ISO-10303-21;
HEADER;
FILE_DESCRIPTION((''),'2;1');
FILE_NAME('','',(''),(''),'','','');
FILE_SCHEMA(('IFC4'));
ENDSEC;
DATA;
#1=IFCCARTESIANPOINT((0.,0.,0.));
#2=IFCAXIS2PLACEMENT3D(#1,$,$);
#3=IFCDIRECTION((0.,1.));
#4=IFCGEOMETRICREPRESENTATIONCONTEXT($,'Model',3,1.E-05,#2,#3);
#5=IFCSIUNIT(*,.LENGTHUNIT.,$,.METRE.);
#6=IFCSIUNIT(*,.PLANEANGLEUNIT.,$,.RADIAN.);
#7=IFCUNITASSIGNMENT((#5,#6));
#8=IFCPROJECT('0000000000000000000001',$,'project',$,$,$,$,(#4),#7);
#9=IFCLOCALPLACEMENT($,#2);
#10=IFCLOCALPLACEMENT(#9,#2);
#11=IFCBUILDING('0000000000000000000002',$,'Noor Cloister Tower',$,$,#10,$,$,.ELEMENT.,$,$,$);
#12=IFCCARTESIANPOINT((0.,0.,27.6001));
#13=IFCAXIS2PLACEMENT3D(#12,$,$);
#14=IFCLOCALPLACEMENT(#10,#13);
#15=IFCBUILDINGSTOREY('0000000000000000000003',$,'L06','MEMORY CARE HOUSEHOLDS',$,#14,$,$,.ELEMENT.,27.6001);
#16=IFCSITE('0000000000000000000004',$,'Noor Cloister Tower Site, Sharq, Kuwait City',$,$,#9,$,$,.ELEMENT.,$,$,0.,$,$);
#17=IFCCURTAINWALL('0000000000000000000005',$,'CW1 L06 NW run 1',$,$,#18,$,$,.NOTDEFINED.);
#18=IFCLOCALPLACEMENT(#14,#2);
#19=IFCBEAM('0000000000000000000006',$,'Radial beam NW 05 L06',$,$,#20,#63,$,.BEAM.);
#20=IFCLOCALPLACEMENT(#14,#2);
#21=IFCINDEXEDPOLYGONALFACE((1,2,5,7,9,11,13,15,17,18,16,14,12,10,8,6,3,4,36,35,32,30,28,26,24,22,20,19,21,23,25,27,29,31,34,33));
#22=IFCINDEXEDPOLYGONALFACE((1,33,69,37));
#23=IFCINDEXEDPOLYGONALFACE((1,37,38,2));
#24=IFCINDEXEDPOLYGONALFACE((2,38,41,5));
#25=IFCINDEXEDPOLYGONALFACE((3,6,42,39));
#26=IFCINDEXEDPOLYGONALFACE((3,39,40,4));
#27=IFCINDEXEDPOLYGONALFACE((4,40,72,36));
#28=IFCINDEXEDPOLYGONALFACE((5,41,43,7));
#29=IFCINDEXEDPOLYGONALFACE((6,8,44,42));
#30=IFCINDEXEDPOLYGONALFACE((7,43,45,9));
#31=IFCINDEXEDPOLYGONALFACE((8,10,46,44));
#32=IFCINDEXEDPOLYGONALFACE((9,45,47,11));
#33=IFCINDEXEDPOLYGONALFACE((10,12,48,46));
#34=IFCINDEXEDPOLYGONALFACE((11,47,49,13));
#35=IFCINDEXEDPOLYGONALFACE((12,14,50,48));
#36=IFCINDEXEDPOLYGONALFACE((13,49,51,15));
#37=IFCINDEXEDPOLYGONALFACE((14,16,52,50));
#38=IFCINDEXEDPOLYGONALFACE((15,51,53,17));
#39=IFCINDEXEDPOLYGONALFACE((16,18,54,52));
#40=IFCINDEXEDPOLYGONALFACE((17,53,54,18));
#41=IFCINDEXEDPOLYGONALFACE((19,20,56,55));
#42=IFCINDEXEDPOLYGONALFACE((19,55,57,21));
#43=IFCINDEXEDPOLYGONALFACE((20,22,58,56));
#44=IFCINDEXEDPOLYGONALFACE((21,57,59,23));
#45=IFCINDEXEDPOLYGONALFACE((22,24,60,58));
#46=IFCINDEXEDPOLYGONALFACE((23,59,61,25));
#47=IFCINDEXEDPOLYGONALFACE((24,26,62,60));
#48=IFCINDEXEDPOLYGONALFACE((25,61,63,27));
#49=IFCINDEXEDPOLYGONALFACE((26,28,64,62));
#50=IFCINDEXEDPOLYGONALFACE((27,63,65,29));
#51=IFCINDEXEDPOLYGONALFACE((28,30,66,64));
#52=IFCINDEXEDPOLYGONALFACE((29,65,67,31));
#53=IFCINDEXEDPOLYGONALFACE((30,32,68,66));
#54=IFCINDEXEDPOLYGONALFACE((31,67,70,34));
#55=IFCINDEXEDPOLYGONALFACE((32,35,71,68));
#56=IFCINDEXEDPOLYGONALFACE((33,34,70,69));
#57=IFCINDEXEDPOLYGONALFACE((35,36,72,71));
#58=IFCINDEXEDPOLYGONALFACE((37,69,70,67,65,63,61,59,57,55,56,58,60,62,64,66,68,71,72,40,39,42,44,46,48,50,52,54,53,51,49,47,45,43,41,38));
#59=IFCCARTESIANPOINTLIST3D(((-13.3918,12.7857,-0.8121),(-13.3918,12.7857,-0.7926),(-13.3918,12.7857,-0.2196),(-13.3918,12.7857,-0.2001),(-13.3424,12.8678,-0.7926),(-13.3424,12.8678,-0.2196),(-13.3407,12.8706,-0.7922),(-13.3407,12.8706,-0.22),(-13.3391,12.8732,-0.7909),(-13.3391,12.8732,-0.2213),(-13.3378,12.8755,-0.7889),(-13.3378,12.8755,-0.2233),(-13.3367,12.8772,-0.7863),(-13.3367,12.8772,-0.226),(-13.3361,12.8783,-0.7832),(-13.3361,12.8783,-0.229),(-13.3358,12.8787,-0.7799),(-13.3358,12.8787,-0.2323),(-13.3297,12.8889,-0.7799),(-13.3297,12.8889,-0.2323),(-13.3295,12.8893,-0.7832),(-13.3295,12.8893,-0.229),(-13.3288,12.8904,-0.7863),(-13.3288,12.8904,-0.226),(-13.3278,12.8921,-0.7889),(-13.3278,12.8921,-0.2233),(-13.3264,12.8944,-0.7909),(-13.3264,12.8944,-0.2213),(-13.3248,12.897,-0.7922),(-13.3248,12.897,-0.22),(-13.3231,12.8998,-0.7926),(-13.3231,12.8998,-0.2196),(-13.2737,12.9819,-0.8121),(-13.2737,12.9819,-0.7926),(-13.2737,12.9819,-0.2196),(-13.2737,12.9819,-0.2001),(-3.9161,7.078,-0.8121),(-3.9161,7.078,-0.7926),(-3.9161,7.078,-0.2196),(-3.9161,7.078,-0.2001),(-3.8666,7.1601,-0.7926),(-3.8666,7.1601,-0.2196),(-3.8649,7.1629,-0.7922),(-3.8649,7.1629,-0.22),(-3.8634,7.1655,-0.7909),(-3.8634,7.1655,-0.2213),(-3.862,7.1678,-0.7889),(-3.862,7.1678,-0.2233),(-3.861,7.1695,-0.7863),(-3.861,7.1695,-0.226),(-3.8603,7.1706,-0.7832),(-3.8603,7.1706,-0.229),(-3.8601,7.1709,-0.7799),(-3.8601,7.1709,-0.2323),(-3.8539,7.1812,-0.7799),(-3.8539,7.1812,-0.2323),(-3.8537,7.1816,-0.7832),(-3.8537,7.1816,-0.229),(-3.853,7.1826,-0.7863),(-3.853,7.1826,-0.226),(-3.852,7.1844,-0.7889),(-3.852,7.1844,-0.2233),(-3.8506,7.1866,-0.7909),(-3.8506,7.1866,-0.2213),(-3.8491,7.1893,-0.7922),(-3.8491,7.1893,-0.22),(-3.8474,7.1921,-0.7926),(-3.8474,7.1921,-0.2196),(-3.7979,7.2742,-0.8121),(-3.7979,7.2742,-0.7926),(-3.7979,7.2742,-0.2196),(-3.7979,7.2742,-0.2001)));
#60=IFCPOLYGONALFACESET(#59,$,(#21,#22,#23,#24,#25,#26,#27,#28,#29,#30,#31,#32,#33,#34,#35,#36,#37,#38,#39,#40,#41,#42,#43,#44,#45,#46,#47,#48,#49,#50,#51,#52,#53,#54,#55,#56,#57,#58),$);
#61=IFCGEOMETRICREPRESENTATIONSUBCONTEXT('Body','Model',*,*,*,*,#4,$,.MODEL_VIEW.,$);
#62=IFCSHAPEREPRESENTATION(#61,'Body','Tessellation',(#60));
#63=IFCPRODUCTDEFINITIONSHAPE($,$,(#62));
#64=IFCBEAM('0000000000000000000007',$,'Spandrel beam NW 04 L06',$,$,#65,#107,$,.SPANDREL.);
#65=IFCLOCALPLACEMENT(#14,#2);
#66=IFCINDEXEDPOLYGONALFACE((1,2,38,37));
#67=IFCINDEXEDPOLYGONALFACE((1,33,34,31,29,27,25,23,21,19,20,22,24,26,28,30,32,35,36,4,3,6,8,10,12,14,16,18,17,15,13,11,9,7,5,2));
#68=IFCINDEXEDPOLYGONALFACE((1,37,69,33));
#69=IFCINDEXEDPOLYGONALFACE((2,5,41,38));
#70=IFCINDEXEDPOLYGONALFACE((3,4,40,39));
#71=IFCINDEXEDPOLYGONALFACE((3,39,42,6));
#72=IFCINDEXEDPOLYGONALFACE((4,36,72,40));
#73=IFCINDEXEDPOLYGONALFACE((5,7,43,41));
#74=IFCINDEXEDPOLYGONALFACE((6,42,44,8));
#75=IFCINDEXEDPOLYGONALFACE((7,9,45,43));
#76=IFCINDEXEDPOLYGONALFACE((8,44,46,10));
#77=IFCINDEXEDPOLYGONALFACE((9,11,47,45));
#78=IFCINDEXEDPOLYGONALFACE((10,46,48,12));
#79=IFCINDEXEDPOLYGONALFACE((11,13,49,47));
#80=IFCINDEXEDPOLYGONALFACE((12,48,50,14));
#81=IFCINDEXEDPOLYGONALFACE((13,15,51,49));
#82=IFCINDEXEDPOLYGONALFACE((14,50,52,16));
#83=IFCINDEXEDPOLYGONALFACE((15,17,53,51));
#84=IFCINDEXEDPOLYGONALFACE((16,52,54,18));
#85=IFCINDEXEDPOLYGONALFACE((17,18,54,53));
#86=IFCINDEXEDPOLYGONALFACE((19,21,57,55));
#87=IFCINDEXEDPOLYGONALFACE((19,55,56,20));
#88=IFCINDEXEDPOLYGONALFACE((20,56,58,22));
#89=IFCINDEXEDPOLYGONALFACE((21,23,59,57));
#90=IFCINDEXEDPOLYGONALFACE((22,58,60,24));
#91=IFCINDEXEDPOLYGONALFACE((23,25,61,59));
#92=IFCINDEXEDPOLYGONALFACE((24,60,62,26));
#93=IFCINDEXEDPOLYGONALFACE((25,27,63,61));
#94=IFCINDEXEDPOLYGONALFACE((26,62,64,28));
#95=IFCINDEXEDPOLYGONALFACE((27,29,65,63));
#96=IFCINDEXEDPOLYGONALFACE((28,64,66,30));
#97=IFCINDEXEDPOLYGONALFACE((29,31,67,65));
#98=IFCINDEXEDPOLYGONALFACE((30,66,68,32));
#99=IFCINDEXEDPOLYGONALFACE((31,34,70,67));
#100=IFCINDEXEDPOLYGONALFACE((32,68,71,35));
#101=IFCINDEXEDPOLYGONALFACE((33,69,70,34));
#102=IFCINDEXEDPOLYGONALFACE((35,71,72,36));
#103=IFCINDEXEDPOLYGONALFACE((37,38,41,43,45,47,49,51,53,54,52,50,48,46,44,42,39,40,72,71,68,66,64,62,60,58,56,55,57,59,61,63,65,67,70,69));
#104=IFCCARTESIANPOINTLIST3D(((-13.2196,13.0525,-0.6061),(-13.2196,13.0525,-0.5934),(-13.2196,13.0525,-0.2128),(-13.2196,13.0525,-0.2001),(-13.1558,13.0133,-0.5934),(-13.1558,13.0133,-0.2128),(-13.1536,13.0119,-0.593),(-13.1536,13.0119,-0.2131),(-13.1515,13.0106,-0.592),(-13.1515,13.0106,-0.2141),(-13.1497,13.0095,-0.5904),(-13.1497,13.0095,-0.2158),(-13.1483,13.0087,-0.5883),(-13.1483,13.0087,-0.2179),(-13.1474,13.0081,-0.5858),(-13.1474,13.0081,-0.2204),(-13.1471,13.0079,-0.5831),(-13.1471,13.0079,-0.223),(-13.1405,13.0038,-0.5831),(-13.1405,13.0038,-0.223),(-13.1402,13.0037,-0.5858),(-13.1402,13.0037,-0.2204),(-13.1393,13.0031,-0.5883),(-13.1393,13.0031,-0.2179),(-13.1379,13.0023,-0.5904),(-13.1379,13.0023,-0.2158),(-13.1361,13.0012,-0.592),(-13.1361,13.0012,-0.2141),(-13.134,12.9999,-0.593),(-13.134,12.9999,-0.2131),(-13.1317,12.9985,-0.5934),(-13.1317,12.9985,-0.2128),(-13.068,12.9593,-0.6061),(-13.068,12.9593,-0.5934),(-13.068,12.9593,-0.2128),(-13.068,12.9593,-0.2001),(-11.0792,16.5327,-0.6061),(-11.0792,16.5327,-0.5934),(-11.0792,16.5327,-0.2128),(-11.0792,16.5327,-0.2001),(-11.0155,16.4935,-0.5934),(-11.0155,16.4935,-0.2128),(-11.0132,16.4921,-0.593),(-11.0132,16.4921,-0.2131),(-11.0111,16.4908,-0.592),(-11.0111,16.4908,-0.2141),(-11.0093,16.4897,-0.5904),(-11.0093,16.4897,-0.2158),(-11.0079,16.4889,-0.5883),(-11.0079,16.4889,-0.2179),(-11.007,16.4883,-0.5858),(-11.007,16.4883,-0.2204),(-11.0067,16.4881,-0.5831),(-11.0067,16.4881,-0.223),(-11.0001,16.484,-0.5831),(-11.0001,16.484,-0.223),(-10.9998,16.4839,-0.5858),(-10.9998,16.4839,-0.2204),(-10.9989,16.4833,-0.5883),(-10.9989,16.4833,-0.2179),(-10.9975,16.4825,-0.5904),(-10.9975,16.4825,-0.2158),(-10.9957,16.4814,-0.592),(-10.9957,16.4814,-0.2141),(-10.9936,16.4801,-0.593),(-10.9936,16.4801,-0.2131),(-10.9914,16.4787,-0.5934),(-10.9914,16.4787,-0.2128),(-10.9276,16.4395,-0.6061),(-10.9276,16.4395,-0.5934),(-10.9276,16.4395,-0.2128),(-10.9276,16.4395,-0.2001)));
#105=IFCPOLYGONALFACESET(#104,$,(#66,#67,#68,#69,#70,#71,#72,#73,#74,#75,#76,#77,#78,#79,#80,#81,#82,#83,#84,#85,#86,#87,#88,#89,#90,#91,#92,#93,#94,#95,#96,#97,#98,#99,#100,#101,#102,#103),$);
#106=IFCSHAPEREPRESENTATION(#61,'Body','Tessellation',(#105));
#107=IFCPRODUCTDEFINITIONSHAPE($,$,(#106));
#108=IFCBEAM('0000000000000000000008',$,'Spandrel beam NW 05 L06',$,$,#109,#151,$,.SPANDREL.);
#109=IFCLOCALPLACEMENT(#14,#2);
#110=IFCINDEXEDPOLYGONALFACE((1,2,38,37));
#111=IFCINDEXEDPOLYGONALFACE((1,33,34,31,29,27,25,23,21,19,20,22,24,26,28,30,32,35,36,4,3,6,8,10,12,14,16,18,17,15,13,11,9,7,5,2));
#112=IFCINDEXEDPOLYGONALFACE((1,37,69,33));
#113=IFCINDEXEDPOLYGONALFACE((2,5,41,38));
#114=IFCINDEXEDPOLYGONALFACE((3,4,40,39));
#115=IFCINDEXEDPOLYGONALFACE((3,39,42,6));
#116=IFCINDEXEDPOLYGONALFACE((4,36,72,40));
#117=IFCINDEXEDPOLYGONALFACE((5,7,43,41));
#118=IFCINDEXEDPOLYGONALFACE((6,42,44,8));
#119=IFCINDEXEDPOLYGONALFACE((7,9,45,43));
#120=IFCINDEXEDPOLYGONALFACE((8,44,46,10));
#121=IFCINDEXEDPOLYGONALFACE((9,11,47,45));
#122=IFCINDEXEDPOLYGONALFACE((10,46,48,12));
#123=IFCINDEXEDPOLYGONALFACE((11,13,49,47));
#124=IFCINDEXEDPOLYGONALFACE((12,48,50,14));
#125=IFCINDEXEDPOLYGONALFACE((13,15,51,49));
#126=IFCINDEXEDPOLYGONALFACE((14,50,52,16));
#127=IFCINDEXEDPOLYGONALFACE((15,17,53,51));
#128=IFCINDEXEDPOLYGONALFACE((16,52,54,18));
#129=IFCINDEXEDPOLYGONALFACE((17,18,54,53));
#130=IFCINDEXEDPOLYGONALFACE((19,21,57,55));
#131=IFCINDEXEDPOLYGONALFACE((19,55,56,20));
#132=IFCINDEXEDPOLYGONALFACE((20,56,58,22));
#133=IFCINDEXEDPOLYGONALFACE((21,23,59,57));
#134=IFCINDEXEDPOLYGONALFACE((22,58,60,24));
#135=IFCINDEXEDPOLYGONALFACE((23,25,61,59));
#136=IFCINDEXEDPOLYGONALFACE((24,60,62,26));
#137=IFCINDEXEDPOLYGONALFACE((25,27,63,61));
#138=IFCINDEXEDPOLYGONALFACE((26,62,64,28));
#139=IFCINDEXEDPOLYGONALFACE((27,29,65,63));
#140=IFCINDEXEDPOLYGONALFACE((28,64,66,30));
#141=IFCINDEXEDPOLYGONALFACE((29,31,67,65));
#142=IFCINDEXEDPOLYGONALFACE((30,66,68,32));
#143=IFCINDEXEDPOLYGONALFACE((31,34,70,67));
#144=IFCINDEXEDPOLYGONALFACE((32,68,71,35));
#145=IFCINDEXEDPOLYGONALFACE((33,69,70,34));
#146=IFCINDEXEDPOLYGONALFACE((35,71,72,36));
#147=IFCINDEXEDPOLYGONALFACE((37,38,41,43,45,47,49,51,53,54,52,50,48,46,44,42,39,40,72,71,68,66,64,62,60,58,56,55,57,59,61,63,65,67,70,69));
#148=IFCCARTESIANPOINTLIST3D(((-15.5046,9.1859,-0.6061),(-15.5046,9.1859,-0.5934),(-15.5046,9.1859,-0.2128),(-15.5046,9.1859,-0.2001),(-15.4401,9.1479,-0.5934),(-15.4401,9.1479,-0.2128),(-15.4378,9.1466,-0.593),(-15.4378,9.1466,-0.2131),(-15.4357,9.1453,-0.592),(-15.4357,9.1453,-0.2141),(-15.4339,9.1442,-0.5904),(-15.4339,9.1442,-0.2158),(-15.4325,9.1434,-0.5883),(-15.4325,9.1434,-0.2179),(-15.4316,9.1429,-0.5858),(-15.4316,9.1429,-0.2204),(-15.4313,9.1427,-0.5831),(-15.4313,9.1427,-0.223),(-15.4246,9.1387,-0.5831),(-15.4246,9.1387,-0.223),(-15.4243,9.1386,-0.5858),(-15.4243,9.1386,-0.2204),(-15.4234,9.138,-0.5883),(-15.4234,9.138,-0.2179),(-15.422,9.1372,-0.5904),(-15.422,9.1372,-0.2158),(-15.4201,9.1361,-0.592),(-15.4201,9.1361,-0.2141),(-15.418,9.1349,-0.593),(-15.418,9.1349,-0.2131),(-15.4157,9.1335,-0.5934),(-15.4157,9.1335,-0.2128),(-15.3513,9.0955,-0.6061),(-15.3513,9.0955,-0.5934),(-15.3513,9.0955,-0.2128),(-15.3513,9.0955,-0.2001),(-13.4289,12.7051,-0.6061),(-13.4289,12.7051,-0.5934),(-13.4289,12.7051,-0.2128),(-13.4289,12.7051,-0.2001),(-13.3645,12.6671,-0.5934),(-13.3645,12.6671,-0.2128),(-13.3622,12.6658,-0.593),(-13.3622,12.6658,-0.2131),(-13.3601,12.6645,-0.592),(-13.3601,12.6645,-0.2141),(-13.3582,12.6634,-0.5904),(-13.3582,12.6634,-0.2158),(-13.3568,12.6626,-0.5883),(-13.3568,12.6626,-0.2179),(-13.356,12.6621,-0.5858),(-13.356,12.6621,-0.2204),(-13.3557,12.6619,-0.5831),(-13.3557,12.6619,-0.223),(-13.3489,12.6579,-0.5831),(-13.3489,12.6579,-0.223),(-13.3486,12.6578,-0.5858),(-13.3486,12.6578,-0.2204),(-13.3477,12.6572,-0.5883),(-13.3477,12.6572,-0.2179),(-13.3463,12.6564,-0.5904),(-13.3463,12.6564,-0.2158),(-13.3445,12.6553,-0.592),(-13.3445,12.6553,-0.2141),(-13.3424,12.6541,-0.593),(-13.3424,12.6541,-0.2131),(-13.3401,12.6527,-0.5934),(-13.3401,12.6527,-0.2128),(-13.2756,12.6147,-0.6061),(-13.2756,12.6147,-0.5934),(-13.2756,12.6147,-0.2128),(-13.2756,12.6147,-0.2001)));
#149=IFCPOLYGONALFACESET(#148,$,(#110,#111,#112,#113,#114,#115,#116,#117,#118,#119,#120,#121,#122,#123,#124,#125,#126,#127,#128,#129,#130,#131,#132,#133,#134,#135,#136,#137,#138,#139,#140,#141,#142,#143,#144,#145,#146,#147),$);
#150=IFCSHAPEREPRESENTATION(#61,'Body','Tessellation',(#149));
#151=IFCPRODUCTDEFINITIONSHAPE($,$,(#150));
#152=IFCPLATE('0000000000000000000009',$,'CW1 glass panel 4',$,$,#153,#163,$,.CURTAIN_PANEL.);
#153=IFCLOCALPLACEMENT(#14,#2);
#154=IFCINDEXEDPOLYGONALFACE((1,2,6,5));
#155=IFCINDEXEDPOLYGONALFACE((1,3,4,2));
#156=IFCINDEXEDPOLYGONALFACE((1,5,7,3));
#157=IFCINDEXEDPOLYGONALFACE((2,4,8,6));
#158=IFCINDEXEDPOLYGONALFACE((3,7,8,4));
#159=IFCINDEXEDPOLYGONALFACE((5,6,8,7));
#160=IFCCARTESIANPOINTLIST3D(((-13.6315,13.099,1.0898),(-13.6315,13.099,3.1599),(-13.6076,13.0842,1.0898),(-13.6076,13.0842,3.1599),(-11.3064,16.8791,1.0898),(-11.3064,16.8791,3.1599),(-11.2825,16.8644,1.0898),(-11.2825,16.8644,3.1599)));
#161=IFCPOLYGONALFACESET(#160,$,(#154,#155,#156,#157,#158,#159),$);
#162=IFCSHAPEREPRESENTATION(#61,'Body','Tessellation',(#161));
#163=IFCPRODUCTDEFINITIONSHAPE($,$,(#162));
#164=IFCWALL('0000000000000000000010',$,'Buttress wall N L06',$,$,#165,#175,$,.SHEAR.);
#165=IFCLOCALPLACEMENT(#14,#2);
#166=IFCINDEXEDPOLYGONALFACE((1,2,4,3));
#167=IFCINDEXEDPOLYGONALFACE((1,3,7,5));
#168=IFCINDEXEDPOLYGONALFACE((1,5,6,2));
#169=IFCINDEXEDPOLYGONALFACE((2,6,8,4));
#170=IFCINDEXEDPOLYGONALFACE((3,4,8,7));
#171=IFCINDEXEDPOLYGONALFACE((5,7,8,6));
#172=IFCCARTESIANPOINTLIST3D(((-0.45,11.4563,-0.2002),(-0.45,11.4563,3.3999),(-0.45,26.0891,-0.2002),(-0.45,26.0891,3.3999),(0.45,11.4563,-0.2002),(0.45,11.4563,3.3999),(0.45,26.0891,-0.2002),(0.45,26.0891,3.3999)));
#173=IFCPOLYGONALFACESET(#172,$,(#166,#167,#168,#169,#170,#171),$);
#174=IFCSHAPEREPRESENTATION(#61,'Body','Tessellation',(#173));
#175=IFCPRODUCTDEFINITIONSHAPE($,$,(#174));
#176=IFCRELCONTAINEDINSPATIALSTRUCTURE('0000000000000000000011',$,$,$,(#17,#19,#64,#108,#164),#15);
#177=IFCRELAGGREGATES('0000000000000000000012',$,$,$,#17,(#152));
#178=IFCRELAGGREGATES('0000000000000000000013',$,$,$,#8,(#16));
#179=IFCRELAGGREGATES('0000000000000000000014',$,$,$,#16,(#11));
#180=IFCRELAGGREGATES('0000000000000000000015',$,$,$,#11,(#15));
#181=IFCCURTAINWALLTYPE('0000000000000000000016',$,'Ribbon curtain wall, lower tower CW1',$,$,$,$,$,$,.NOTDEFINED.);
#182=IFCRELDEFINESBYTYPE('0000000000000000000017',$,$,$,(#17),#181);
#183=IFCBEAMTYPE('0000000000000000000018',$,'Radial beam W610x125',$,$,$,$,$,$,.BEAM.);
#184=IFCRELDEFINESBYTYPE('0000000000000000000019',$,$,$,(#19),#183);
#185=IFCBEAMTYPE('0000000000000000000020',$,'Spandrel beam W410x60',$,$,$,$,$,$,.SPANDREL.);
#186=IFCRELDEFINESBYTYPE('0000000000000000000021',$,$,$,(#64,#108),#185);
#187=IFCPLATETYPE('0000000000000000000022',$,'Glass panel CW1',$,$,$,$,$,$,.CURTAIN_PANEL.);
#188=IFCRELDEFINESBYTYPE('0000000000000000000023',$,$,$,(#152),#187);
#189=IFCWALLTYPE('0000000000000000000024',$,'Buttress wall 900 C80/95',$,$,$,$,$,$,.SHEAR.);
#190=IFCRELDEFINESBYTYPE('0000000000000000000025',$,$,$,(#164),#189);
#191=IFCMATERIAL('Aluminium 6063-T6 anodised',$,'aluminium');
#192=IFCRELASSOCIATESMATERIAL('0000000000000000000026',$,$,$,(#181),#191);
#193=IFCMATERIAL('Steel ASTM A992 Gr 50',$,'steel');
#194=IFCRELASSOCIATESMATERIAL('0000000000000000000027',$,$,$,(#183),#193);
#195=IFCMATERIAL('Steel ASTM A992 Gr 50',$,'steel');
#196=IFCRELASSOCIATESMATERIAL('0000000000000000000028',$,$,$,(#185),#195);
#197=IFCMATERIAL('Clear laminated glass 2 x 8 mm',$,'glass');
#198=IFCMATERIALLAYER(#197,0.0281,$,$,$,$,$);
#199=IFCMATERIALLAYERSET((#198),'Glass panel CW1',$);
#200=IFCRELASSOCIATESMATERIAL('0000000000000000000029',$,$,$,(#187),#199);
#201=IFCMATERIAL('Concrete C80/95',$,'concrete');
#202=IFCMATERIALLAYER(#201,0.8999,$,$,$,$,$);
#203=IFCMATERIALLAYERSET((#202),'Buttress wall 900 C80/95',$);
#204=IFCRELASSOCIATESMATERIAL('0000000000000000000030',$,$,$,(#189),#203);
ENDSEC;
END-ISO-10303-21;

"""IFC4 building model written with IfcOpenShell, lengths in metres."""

from ifc_helpers import new_model, si_unit, direction, frame, frame_2d, origin, origin_2d, place, context, subcontext, project, spatial, rectangle, i_section, extrude, material, layer, layer_set, material_profile, profile_set, type_object, element, aggregate, save


model = new_model("IFC4")

# Units and contexts
model_context = context("Model", 3, precision=1e-05, world=origin(), true_north=direction((0.0, 1.0)))
body_context = subcontext(model_context, "Body", "Model", "MODEL_VIEW")
ifc_project = project(units=[si_unit("LENGTHUNIT", "METRE"), si_unit("PLANEANGLEUNIT", "RADIAN")], contexts=[model_context])

# Site, building, storey
site_placement = place(None, origin())
site = spatial("IfcSite", under=ifc_project, at=site_placement, Name="Noor Cloister Tower Site, Sharq, Kuwait City", CompositionType="ELEMENT", RefElevation=0.0)
building_placement = place(site_placement, origin())
building = spatial("IfcBuilding", under=site, at=building_placement, Name="Noor Cloister Tower", CompositionType="ELEMENT")
storey_placement = place(building_placement, frame((0.0, 0.0, 27.6001)))
storey = spatial("IfcBuildingStorey", under=building, at=storey_placement, Name="L06", Description="MEMORY CARE HOUSEHOLDS", CompositionType="ELEMENT", Elevation=27.6001)

# Curtain wall
ifc_material_1 = material(Name="Aluminium 6063-T6 anodised", Category="aluminium")
curtain_wall_type = type_object("IfcCurtainWallType", Name="Ribbon curtain wall, lower tower CW1", PredefinedType="NOTDEFINED", material=ifc_material_1)
curtain_wall_placement = place(storey_placement, origin())
curtain_wall = element("IfcCurtainWall", 1, at=curtain_wall_placement, inside=storey, type_object=curtain_wall_type, Name="CW1 L06 NW run 1", PredefinedType="NOTDEFINED")

# Beams
ifc_material_2 = material(Name="Steel ASTM A992 Gr 50", Category="steel")
ifc_material_profile_1 = material_profile(ifc_material_2, i_section(OverallWidth=0.229, OverallDepth=0.6121, WebThickness=0.012, FlangeThickness=0.0195, FilletRadius=0.0127, at=origin_2d()), Name="W610x125")
ifc_profile_set_1 = profile_set([ifc_material_profile_1], Name="Steel ASTM A992 Gr 50")
beam_type_1 = type_object("IfcBeamType", Name="Radial beam W610x125", PredefinedType="BEAM", material=ifc_profile_set_1)
beam_1_placement = place(storey_placement, frame((-13.3328, 12.8838, -0.5061), z_axis=(0.856604, -0.515975, 0.0), x_axis=(0.515975, 0.856604, 0.0)))
element("IfcBeam", 2, at=beam_1_placement, inside=storey, type_object=beam_type_1, Name="Radial beam NW 05 L06", PredefinedType="BEAM", context=body_context, shape_type="SweptSolid", body=[
    extrude(i_section(OverallWidth=0.229, OverallDepth=0.6121, WebThickness=0.012, FlangeThickness=0.0195, FilletRadius=0.0127, at=origin_2d()), origin(), (0.0, 0.0, 1.0), 11.062),
])
ifc_material_3 = material(Name="Steel ASTM A992 Gr 50", Category="steel")
ifc_material_profile_2 = material_profile(ifc_material_3, i_section(OverallWidth=0.178, OverallDepth=0.406, WebThickness=0.0078, FlangeThickness=0.0127, FilletRadius=0.0103, at=origin_2d()), Name="W410x60")
ifc_profile_set_2 = profile_set([ifc_material_profile_2], Name="Steel ASTM A992 Gr 50")
beam_type_2 = type_object("IfcBeamType", Name="Spandrel beam W410x60", PredefinedType="SPANDREL", material=ifc_profile_set_2)
for number, where, z_axis, x_axis, name in (
    (3, (-11.0034, 16.4861, -0.4031), (-0.523867, -0.8518, 0.0), (0.8518, -0.523867, 0.0), "Spandrel beam NW 04 L06"),
    (4, (-13.3523, 12.6599, -0.4031), (-0.508023, -0.861344, 0.0), (0.861344, -0.508023, 0.0), "Spandrel beam NW 05 L06"),
):
    element("IfcBeam", number, at=place(storey_placement, frame(where, z_axis=z_axis, x_axis=x_axis)), inside=storey, type_object=beam_type_2, Name=name, PredefinedType="SPANDREL", context=body_context, shape_type="SweptSolid", body=[
        extrude(i_section(OverallWidth=0.178, OverallDepth=0.406, WebThickness=0.0078, FlangeThickness=0.0127, FilletRadius=0.0103, at=origin_2d()), origin(), (0.0, 0.0, 1.0), 4.0857),
    ])

# Plate
ifc_material_4 = material(Name="Clear laminated glass 2 x 8 mm", Category="glass")
ifc_layer_1 = layer(ifc_material_4, 0.0281)
ifc_layer_set_1 = layer_set([ifc_layer_1], Name="Glass panel CW1")
plate_type = type_object("IfcPlateType", Name="Glass panel CW1", PredefinedType="CURTAIN_PANEL", material=ifc_layer_set_1)
plate_placement = place(storey_placement, frame((-12.457, 14.9817, 1.0898), z_axis=(0.0, 0.0, 1.0), x_axis=(-0.523905, -0.851776, 0.0)))
plate = element("IfcPlate", 5, at=plate_placement, type_object=plate_type, Name="CW1 glass panel 4", PredefinedType="CURTAIN_PANEL", context=body_context, shape_type="SweptSolid", body=[
    extrude(rectangle(XDim=4.438, YDim=0.0281, at=origin_2d()), origin(), (0.0, 0.0, 1.0), 2.0701),
])
aggregate(curtain_wall, [plate])

# Wall
ifc_material_5 = material(Name="Concrete C80/95", Category="concrete")
ifc_layer_2 = layer(ifc_material_5, 0.8999)
ifc_layer_set_2 = layer_set([ifc_layer_2], Name="Buttress wall 900 C80/95")
wall_type_1 = type_object("IfcWallType", Name="Buttress wall 900 C80/95", PredefinedType="SHEAR", material=ifc_layer_set_2)
wall_1_placement = place(storey_placement, frame((0.0, 11.4563, -0.2002), z_axis=(0.0, 0.0, 1.0), x_axis=(0.0, 1.0, 0.0)))
element("IfcWall", 6, at=wall_1_placement, inside=storey, type_object=wall_type_1, Name="Buttress wall N L06", PredefinedType="SHEAR", context=body_context, shape_type="SweptSolid", body=[
    extrude(rectangle(XDim=14.6328, YDim=0.8999, at=frame_2d((7.3164, 0.0))), origin(), (0.0, 0.0, 1.0), 3.6001),
])

save(model, "model.ifc")
